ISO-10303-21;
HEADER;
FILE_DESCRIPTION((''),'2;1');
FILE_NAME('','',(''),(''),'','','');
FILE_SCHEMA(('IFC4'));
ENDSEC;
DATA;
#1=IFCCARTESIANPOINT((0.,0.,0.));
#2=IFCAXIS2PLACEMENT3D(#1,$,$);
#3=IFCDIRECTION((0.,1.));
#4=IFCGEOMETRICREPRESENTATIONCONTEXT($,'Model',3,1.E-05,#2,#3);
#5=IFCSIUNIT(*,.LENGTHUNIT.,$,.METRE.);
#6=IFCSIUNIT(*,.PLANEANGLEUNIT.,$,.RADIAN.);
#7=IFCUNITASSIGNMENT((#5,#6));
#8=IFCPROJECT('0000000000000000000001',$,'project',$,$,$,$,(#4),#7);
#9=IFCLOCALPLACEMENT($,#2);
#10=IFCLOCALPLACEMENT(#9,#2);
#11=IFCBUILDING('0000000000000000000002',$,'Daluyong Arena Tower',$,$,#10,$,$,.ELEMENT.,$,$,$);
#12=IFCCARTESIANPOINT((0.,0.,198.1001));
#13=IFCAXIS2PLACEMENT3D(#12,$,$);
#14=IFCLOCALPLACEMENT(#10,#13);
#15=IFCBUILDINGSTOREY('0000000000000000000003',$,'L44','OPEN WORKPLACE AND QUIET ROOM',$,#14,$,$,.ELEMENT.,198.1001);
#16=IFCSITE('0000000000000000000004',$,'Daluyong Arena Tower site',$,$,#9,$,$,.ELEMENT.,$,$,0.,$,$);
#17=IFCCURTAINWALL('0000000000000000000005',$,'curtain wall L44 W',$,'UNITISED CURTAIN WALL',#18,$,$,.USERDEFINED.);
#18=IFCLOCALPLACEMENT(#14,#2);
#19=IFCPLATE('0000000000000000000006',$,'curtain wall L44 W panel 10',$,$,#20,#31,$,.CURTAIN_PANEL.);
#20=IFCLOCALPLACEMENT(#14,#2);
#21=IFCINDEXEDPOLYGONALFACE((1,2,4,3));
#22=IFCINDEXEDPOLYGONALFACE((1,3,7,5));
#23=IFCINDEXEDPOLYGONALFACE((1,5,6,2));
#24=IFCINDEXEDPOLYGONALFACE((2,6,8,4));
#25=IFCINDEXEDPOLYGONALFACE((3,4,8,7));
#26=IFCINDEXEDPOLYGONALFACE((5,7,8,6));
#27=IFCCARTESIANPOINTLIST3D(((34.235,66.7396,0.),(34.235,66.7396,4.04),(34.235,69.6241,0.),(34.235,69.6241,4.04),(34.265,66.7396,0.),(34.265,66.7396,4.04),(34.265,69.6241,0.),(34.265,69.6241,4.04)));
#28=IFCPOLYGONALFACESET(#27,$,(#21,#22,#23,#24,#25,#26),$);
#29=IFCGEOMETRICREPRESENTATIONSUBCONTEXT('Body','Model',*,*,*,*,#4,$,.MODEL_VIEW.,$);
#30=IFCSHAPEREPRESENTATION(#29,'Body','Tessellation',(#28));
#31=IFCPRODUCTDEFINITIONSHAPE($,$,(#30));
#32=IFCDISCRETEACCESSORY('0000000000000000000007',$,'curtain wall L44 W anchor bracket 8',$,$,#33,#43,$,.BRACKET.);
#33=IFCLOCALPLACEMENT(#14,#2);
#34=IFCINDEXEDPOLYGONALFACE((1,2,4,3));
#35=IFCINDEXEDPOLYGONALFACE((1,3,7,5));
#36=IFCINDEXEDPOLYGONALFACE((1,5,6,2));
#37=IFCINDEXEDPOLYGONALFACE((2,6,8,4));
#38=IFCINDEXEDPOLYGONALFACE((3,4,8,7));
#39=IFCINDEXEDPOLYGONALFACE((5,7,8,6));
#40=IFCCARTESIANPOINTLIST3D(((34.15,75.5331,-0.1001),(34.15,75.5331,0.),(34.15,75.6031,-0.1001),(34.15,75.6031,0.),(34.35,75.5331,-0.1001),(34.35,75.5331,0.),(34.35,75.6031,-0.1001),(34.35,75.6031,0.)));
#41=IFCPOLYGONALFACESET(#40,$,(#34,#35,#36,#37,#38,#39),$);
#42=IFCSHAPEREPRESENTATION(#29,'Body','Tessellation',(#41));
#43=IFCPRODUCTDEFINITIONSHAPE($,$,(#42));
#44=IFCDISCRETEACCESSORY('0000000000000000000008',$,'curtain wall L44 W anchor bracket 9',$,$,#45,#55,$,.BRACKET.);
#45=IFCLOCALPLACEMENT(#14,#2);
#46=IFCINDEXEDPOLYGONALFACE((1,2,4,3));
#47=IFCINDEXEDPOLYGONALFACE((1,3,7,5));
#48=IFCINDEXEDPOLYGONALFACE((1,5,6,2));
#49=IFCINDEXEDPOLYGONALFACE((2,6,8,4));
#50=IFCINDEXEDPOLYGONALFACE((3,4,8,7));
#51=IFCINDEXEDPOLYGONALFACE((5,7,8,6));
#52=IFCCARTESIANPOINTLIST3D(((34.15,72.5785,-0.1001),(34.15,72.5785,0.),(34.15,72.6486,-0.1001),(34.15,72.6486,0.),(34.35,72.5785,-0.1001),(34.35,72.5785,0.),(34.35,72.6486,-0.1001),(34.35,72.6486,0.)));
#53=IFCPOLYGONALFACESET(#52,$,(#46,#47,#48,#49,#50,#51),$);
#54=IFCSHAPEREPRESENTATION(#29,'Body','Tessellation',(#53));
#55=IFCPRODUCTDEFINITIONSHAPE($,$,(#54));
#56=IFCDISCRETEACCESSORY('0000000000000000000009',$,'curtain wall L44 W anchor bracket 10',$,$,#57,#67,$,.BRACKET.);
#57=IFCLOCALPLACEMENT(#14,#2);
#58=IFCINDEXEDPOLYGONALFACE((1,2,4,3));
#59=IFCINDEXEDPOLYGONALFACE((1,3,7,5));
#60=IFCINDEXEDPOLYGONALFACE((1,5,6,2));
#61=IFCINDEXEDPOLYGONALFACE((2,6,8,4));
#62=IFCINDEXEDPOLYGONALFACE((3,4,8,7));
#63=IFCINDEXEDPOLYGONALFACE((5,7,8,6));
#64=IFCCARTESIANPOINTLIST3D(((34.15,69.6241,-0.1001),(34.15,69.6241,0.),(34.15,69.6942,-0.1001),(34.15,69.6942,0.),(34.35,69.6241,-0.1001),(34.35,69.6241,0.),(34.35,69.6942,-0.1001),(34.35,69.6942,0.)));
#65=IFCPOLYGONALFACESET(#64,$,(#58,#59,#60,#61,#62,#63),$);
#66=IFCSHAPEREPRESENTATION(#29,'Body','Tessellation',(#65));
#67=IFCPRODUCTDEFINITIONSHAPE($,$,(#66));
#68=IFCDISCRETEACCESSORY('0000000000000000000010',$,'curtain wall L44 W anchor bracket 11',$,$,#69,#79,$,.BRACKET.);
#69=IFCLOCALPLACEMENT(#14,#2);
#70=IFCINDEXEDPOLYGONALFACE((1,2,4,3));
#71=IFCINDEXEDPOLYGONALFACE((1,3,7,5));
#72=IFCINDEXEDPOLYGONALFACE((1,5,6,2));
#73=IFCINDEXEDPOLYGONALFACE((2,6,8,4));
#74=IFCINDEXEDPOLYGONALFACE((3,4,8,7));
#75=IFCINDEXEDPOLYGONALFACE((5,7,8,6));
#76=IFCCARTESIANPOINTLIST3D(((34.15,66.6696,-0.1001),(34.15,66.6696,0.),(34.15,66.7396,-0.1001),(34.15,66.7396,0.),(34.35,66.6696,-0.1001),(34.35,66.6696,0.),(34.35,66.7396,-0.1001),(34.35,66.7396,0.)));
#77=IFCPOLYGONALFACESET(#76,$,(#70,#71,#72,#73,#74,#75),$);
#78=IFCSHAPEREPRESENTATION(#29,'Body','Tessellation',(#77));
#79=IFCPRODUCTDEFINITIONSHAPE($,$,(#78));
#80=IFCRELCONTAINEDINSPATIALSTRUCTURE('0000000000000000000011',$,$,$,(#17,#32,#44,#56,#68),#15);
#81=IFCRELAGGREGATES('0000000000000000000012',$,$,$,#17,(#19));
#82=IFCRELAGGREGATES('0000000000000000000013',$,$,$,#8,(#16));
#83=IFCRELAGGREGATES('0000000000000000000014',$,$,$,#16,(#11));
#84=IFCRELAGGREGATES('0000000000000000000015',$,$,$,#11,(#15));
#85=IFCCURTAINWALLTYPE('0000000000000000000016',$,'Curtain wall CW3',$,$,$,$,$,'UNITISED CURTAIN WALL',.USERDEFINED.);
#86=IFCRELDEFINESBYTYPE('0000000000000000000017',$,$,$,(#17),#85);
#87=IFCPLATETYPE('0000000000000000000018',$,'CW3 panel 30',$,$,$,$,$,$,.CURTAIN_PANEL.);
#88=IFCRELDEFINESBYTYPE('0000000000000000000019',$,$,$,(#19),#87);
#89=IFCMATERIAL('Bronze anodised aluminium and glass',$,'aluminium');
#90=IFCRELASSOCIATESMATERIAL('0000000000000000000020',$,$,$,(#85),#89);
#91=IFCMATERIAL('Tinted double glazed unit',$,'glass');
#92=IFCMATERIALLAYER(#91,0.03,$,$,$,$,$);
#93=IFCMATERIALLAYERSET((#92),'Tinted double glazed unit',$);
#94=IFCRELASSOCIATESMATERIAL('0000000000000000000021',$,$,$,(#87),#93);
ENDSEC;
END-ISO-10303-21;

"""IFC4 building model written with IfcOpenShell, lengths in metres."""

from ifc_helpers import new_model, si_unit, direction, frame, origin, origin_2d, place, context, subcontext, project, spatial, rectangle, extrude, material, layer, layer_set, type_object, element, aggregate, save


model = new_model("IFC4")

# Units and contexts
model_context = context("Model", 3, precision=1e-05, world=origin(), true_north=direction((0.0, 1.0)))
body_context = subcontext(model_context, "Body", "Model", "MODEL_VIEW")
ifc_project = project(units=[si_unit("LENGTHUNIT", "METRE"), si_unit("PLANEANGLEUNIT", "RADIAN")], contexts=[model_context])

# Site, building, storey
site_placement = place(None, origin())
site = spatial("IfcSite", under=ifc_project, at=site_placement, Name="Daluyong Arena Tower site", CompositionType="ELEMENT", RefElevation=0.0)
building_placement = place(site_placement, origin())
building = spatial("IfcBuilding", under=site, at=building_placement, Name="Daluyong Arena Tower", CompositionType="ELEMENT")
storey_placement = place(building_placement, frame((0.0, 0.0, 198.1001)))
storey = spatial("IfcBuildingStorey", under=building, at=storey_placement, Name="L44", Description="OPEN WORKPLACE AND QUIET ROOM", CompositionType="ELEMENT", Elevation=198.1001)

# Curtain wall
ifc_material_1 = material(Name="Bronze anodised aluminium and glass", Category="aluminium")
curtain_wall_type = type_object("IfcCurtainWallType", Name="Curtain wall CW3", ElementType="UNITISED CURTAIN WALL", PredefinedType="USERDEFINED", material=ifc_material_1)
curtain_wall_placement = place(storey_placement, origin())
curtain_wall = element("IfcCurtainWall", 1, at=curtain_wall_placement, inside=storey, type_object=curtain_wall_type, Name="curtain wall L44 W", ObjectType="UNITISED CURTAIN WALL", PredefinedType="USERDEFINED")

# Plate
ifc_material_2 = material(Name="Tinted double glazed unit", Category="glass")
ifc_layer = layer(ifc_material_2, 0.03)
ifc_layer_set = layer_set([ifc_layer], Name="Tinted double glazed unit")
plate_type = type_object("IfcPlateType", Name="CW3 panel 30", PredefinedType="CURTAIN_PANEL", material=ifc_layer_set)
plate_1_placement = place(storey_placement, frame((34.25, 68.1819, 0.0), z_axis=(0.0, 0.0, 1.0), x_axis=(0.0, -1.0, 0.0)))
plate_1 = element("IfcPlate", 2, at=plate_1_placement, type_object=plate_type, Name="curtain wall L44 W panel 10", PredefinedType="CURTAIN_PANEL", context=body_context, shape_type="SweptSolid", body=[
    extrude(rectangle(XDim=2.8845, YDim=0.03, at=origin_2d()), origin(), (0.0, 0.0, 1.0), 4.04),
])
aggregate(curtain_wall, [plate_1])

# Discrete accessories
for number, where, z_axis, x_axis, name in (
    (3, (34.25, 75.5681, -0.1001), (0.0, 0.0, 1.0), (0.0, -1.0, 0.0), "curtain wall L44 W anchor bracket 8"),
    (4, (34.25, 72.6135, -0.1001), (0.0, 0.0, 1.0), (0.0, -1.0, 0.0), "curtain wall L44 W anchor bracket 9"),
    (5, (34.25, 69.6592, -0.1001), (0.0, 0.0, 1.0), (0.0, -1.0, 0.0), "curtain wall L44 W anchor bracket 10"),
    (6, (34.25, 66.7046, -0.1001), (0.0, 0.0, 1.0), (0.0, -1.0, 0.0), "curtain wall L44 W anchor bracket 11"),
):
    element("IfcDiscreteAccessory", number, at=place(storey_placement, frame(where, z_axis=z_axis, x_axis=x_axis)), inside=storey, Name=name, PredefinedType="BRACKET", context=body_context, shape_type="SweptSolid", body=[
        extrude(rectangle(XDim=0.0701, YDim=0.2, at=origin_2d()), origin(), (0.0, 0.0, 1.0), 0.1001),
    ])

save(model, "model.ifc")
